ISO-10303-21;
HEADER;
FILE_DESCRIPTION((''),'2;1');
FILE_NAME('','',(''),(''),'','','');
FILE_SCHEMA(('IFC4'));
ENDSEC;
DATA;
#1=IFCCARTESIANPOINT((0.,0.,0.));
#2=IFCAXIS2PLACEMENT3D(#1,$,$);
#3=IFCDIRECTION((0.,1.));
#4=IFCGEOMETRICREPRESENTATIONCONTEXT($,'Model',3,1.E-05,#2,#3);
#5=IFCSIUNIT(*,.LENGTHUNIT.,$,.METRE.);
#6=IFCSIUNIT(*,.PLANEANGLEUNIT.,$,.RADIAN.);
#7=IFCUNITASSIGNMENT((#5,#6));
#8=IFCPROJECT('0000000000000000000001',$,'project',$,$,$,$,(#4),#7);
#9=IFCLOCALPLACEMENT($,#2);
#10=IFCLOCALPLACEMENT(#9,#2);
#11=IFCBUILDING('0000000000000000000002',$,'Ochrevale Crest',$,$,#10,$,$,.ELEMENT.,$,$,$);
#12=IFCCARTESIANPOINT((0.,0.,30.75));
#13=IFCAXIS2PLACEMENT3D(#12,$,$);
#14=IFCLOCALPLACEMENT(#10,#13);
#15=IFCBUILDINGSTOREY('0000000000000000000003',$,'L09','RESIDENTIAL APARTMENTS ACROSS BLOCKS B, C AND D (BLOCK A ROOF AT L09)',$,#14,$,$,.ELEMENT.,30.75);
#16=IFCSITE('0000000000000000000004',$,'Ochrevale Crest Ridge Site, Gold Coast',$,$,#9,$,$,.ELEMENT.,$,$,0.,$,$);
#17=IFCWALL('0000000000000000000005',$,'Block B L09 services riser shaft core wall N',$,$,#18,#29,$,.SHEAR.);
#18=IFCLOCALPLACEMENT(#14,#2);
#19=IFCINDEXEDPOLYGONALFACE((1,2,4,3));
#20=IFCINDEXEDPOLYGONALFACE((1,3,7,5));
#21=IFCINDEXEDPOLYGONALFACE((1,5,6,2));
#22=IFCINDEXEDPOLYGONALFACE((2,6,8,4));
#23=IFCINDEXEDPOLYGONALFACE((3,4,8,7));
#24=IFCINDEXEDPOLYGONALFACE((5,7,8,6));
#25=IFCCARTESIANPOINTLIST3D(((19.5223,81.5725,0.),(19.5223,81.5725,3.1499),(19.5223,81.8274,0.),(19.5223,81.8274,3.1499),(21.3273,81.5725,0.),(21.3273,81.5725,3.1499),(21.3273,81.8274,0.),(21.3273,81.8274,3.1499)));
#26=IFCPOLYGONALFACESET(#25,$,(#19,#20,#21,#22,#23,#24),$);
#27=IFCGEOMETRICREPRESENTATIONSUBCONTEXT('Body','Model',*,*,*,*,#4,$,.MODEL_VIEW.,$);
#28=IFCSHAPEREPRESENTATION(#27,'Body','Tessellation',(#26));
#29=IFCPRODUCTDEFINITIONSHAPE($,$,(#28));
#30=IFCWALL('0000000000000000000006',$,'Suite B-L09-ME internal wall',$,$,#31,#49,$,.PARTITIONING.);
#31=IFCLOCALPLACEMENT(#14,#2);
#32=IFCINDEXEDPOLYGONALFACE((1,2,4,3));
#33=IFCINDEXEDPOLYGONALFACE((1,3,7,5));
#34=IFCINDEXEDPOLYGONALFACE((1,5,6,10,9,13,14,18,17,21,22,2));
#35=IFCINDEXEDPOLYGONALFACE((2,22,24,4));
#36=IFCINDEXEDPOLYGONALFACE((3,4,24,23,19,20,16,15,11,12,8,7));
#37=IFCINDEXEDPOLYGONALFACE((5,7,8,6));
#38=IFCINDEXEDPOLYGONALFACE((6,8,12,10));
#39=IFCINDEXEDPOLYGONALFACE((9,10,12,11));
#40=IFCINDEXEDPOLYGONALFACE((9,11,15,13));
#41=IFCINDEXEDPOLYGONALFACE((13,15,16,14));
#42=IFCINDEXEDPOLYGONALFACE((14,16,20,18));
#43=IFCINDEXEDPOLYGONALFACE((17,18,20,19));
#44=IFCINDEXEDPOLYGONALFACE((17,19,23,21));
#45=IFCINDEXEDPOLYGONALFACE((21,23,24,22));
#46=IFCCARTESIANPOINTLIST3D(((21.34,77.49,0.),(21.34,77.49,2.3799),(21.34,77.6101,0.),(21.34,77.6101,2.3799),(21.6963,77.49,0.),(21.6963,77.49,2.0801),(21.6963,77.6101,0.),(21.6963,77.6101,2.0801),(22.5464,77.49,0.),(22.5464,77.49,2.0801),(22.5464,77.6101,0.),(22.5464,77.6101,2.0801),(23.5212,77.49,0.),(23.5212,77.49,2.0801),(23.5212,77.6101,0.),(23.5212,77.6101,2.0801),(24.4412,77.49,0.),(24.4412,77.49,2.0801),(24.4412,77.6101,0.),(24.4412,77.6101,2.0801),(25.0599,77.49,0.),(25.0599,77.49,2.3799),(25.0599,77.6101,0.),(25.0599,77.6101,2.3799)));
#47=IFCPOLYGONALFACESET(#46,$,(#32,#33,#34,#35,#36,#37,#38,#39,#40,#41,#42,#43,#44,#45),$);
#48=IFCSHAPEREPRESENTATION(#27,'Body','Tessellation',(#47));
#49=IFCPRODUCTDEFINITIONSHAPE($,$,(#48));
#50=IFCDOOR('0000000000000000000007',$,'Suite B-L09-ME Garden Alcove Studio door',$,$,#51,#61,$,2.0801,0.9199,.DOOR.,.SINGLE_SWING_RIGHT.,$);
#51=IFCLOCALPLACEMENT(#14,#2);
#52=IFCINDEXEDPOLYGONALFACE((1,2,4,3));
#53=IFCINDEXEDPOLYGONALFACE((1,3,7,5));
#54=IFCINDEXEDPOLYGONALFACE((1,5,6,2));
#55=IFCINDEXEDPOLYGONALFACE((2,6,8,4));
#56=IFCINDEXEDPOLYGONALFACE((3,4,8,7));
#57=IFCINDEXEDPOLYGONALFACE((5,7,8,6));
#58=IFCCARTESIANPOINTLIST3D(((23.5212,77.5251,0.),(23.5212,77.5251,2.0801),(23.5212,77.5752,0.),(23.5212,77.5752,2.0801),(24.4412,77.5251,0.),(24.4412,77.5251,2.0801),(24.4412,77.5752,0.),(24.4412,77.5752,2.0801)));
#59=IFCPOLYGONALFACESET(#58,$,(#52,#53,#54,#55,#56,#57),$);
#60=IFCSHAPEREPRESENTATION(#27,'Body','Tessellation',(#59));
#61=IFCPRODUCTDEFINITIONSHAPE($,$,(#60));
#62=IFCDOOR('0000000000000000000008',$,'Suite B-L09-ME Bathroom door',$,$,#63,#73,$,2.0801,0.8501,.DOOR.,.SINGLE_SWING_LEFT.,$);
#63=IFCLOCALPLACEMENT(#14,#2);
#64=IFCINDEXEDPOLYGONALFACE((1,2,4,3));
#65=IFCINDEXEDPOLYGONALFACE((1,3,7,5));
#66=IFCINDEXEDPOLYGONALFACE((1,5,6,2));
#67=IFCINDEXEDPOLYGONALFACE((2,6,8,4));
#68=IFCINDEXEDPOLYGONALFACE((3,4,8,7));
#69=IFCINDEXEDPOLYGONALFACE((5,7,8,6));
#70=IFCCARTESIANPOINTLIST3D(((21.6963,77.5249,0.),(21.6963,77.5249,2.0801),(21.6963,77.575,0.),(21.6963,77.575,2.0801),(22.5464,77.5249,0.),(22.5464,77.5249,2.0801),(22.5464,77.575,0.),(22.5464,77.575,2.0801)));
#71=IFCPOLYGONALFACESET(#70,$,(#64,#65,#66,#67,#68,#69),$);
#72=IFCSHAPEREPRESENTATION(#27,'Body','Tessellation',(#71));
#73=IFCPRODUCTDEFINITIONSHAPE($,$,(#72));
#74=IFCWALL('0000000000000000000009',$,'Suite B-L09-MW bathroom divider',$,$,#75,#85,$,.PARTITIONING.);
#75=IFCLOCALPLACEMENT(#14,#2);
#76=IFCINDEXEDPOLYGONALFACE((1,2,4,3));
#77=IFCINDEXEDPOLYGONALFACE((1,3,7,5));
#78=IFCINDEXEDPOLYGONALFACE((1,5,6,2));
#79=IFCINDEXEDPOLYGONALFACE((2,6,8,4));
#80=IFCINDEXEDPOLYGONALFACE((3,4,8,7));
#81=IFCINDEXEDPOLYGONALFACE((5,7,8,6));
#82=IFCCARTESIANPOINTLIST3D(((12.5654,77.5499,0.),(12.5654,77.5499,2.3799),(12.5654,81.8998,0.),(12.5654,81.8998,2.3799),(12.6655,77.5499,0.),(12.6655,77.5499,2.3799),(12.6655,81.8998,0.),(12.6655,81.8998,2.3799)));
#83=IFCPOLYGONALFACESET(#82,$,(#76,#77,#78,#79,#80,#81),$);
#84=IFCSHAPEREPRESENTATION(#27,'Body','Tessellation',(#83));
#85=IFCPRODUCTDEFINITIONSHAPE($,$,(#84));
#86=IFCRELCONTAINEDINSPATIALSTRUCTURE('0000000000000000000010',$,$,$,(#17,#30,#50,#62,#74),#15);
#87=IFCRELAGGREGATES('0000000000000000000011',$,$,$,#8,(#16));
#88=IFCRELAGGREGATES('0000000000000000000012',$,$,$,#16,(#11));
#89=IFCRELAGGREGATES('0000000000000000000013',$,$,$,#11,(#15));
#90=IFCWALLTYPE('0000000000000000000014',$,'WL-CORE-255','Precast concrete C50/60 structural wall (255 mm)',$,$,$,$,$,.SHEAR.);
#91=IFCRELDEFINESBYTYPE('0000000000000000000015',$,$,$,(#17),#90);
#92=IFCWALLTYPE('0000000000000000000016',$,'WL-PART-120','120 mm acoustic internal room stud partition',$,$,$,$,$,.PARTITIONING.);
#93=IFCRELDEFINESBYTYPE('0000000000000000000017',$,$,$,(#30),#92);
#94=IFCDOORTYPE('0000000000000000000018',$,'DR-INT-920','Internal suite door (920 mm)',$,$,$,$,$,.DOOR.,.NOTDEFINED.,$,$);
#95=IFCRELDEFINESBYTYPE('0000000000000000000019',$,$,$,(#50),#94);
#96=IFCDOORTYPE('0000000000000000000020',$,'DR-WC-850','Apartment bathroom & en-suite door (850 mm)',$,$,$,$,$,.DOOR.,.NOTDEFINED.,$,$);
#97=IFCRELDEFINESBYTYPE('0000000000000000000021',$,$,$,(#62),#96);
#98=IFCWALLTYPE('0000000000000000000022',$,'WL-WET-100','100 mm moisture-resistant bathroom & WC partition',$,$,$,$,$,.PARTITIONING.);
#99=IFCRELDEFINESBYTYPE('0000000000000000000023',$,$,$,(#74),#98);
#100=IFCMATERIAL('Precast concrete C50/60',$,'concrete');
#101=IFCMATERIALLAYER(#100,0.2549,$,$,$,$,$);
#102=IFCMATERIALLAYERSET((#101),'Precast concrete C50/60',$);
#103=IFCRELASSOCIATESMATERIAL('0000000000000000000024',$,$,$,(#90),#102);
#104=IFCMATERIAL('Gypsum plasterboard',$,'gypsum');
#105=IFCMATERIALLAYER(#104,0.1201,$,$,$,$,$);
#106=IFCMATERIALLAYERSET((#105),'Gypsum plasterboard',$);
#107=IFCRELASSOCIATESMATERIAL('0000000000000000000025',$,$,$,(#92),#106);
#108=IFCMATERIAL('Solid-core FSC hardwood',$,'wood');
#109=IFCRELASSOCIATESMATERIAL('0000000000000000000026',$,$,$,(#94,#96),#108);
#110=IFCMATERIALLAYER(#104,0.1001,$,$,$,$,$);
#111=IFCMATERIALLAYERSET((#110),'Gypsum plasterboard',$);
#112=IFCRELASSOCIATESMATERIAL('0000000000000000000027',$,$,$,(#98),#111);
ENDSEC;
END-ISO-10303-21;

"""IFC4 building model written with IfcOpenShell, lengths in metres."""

from ifc_helpers import new_model, si_unit, direction, frame, frame_2d, origin, place, context, subcontext, project, spatial, rectangle, extrude, material, layer, layer_set, type_object, element, fill, save


model = new_model("IFC4")

# Units and contexts
model_context = context("Model", 3, precision=1e-05, world=origin(), true_north=direction((0.0, 1.0)))
body_context = subcontext(model_context, "Body", "Model", "MODEL_VIEW")
ifc_project = project(units=[si_unit("LENGTHUNIT", "METRE"), si_unit("PLANEANGLEUNIT", "RADIAN")], contexts=[model_context])

# Site, building, storey
site_placement = place(None, origin())
site = spatial("IfcSite", under=ifc_project, at=site_placement, Name="Ochrevale Crest Ridge Site, Gold Coast", CompositionType="ELEMENT", RefElevation=0.0)
building_placement = place(site_placement, origin())
building = spatial("IfcBuilding", under=site, at=building_placement, Name="Ochrevale Crest", CompositionType="ELEMENT")
storey_placement = place(building_placement, frame((0.0, 0.0, 30.75)))
storey = spatial("IfcBuildingStorey", under=building, at=storey_placement, Name="L09", Description="RESIDENTIAL APARTMENTS ACROSS BLOCKS B, C AND D (BLOCK A ROOF AT L09)", CompositionType="ELEMENT", Elevation=30.75)

# Shared definitions
ifc_material_1 = material(Name="Precast concrete C50/60", Category="concrete")

# Shared definitions
ifc_material_2 = material(Name="Gypsum plasterboard", Category="gypsum")
ifc_material_3 = material(Name="Solid-core FSC hardwood", Category="wood")

# Shared definitions
ifc_layer_1 = layer(ifc_material_1, 0.2549)
ifc_layer_set_1 = layer_set([ifc_layer_1], Name="Precast concrete C50/60")
wall_type_1 = type_object("IfcWallType", Name="WL-CORE-255", Description="Precast concrete C50/60 structural wall (255 mm)", PredefinedType="SHEAR", material=ifc_layer_set_1)

# Wall
for number, where, z_axis, x_axis, name in (
    (1, (19.5225, 81.7, 0.0), (0.0, 0.0, 1.0), (1.0, 0.0, 0.0), "Block B L09 services riser shaft core wall N"),
):
    element("IfcWall", number, at=place(storey_placement, frame(where, z_axis=z_axis, x_axis=x_axis)), inside=storey, type_object=wall_type_1, Name=name, PredefinedType="SHEAR", context=body_context, shape_type="SweptSolid", body=[
        extrude(rectangle(XDim=1.8049, YDim=0.2549, at=frame_2d((0.9023, 0.0))), origin(), (0.0, 0.0, 1.0), 3.1499),
    ])

# Wall, openings, doors
ifc_layer_2 = layer(ifc_material_2, 0.1201)
ifc_layer_set_2 = layer_set([ifc_layer_2], Name="Gypsum plasterboard")
wall_type_2 = type_object("IfcWallType", Name="WL-PART-120", Description="120 mm acoustic internal room stud partition", PredefinedType="PARTITIONING", material=ifc_layer_set_2)
wall_1_placement = place(storey_placement, frame((21.3401, 77.55, 0.0), z_axis=(0.0, 0.0, 1.0), x_axis=(1.0, 0.0, 0.0)))
wall_1 = element("IfcWall", 2, at=wall_1_placement, inside=storey, type_object=wall_type_2, Name="Suite B-L09-ME internal wall", PredefinedType="PARTITIONING", context=body_context, shape_type="SweptSolid", body=[
    extrude(rectangle(XDim=3.72, YDim=0.1201, at=frame_2d((1.8599, 0.0))), origin(), (0.0, 0.0, 1.0), 2.3799),
])
opening_1_placement = place(wall_1_placement, frame((0.3562, 0.0, 0.0)))
opening_1 = element("IfcOpeningElement", 3, at=opening_1_placement, cuts=wall_1, PredefinedType="OPENING", context=body_context, shape_type="SweptSolid", body=[
    extrude(rectangle(XDim=0.8501, YDim=2.0801, at=frame_2d((0.425, 1.04))), frame((0.0, 0.0701, 0.0), z_axis=(0.0, -1.0, 0.0), x_axis=(1.0, 0.0, 0.0)), (0.0, 0.0, 1.0), 0.1401),
])
opening_2_placement = place(wall_1_placement, frame((3.1011, 0.0, 0.0), z_axis=(0.0, 0.0, 1.0), x_axis=(-1.0, 0.0, 0.0)))
opening_2 = element("IfcOpeningElement", 4, at=opening_2_placement, cuts=wall_1, PredefinedType="OPENING", context=body_context, shape_type="SweptSolid", body=[
    extrude(rectangle(XDim=0.9199, YDim=2.0801, at=frame_2d((0.46, 1.04))), frame((0.0, 0.0701, 0.0), z_axis=(0.0, -1.0, 0.0), x_axis=(1.0, 0.0, 0.0)), (0.0, 0.0, 1.0), 0.1401),
])
door_type_1 = type_object("IfcDoorType", Name="DR-INT-920", Description="Internal suite door (920 mm)", OperationType="NOTDEFINED", PredefinedType="DOOR", material=ifc_material_3)
door_1_placement = place(opening_2_placement, origin())
door_1 = element("IfcDoor", 5, at=door_1_placement, inside=storey, type_object=door_type_1, Name="Suite B-L09-ME Garden Alcove Studio door", OperationType="SINGLE_SWING_RIGHT", OverallHeight=2.0801, OverallWidth=0.9199, PredefinedType="DOOR", context=body_context, shape_type="SweptSolid", body=[
    extrude(rectangle(XDim=0.9199, YDim=2.0801, at=frame_2d((0.46, 1.04))), frame((0.0, 0.0249, 0.0), z_axis=(0.0, -1.0, 0.0), x_axis=(1.0, 0.0, 0.0)), (0.0, 0.0, 1.0), 0.05),
])
fill(opening_2, door_1)
door_type_2 = type_object("IfcDoorType", Name="DR-WC-850", Description="Apartment bathroom & en-suite door (850 mm)", OperationType="NOTDEFINED", PredefinedType="DOOR", material=ifc_material_3)
door_2_placement = place(opening_1_placement, origin())
door_2 = element("IfcDoor", 6, at=door_2_placement, inside=storey, type_object=door_type_2, Name="Suite B-L09-ME Bathroom door", OperationType="SINGLE_SWING_LEFT", OverallHeight=2.0801, OverallWidth=0.8501, PredefinedType="DOOR", context=body_context, shape_type="SweptSolid", body=[
    extrude(rectangle(XDim=0.8501, YDim=2.0801, at=frame_2d((0.425, 1.04))), frame((0.0, 0.0249, 0.0), z_axis=(0.0, -1.0, 0.0), x_axis=(1.0, 0.0, 0.0)), (0.0, 0.0, 1.0), 0.05),
])
fill(opening_1, door_2)

# Wall
ifc_layer_3 = layer(ifc_material_2, 0.1001)
ifc_layer_set_3 = layer_set([ifc_layer_3], Name="Gypsum plasterboard")
wall_type_3 = type_object("IfcWallType", Name="WL-WET-100", Description="100 mm moisture-resistant bathroom & WC partition", PredefinedType="PARTITIONING", material=ifc_layer_set_3)
wall_2_placement = place(storey_placement, frame((12.6155, 77.55, 0.0), z_axis=(0.0, 0.0, 1.0), x_axis=(0.0, 1.0, 0.0)))
element("IfcWall", 7, at=wall_2_placement, inside=storey, type_object=wall_type_3, Name="Suite B-L09-MW bathroom divider", PredefinedType="PARTITIONING", context=body_context, shape_type="SweptSolid", body=[
    extrude(rectangle(XDim=4.3499, YDim=0.1001, at=frame_2d((2.1748, 0.0))), origin(), (0.0, 0.0, 1.0), 2.3799),
])

save(model, "model.ifc")
